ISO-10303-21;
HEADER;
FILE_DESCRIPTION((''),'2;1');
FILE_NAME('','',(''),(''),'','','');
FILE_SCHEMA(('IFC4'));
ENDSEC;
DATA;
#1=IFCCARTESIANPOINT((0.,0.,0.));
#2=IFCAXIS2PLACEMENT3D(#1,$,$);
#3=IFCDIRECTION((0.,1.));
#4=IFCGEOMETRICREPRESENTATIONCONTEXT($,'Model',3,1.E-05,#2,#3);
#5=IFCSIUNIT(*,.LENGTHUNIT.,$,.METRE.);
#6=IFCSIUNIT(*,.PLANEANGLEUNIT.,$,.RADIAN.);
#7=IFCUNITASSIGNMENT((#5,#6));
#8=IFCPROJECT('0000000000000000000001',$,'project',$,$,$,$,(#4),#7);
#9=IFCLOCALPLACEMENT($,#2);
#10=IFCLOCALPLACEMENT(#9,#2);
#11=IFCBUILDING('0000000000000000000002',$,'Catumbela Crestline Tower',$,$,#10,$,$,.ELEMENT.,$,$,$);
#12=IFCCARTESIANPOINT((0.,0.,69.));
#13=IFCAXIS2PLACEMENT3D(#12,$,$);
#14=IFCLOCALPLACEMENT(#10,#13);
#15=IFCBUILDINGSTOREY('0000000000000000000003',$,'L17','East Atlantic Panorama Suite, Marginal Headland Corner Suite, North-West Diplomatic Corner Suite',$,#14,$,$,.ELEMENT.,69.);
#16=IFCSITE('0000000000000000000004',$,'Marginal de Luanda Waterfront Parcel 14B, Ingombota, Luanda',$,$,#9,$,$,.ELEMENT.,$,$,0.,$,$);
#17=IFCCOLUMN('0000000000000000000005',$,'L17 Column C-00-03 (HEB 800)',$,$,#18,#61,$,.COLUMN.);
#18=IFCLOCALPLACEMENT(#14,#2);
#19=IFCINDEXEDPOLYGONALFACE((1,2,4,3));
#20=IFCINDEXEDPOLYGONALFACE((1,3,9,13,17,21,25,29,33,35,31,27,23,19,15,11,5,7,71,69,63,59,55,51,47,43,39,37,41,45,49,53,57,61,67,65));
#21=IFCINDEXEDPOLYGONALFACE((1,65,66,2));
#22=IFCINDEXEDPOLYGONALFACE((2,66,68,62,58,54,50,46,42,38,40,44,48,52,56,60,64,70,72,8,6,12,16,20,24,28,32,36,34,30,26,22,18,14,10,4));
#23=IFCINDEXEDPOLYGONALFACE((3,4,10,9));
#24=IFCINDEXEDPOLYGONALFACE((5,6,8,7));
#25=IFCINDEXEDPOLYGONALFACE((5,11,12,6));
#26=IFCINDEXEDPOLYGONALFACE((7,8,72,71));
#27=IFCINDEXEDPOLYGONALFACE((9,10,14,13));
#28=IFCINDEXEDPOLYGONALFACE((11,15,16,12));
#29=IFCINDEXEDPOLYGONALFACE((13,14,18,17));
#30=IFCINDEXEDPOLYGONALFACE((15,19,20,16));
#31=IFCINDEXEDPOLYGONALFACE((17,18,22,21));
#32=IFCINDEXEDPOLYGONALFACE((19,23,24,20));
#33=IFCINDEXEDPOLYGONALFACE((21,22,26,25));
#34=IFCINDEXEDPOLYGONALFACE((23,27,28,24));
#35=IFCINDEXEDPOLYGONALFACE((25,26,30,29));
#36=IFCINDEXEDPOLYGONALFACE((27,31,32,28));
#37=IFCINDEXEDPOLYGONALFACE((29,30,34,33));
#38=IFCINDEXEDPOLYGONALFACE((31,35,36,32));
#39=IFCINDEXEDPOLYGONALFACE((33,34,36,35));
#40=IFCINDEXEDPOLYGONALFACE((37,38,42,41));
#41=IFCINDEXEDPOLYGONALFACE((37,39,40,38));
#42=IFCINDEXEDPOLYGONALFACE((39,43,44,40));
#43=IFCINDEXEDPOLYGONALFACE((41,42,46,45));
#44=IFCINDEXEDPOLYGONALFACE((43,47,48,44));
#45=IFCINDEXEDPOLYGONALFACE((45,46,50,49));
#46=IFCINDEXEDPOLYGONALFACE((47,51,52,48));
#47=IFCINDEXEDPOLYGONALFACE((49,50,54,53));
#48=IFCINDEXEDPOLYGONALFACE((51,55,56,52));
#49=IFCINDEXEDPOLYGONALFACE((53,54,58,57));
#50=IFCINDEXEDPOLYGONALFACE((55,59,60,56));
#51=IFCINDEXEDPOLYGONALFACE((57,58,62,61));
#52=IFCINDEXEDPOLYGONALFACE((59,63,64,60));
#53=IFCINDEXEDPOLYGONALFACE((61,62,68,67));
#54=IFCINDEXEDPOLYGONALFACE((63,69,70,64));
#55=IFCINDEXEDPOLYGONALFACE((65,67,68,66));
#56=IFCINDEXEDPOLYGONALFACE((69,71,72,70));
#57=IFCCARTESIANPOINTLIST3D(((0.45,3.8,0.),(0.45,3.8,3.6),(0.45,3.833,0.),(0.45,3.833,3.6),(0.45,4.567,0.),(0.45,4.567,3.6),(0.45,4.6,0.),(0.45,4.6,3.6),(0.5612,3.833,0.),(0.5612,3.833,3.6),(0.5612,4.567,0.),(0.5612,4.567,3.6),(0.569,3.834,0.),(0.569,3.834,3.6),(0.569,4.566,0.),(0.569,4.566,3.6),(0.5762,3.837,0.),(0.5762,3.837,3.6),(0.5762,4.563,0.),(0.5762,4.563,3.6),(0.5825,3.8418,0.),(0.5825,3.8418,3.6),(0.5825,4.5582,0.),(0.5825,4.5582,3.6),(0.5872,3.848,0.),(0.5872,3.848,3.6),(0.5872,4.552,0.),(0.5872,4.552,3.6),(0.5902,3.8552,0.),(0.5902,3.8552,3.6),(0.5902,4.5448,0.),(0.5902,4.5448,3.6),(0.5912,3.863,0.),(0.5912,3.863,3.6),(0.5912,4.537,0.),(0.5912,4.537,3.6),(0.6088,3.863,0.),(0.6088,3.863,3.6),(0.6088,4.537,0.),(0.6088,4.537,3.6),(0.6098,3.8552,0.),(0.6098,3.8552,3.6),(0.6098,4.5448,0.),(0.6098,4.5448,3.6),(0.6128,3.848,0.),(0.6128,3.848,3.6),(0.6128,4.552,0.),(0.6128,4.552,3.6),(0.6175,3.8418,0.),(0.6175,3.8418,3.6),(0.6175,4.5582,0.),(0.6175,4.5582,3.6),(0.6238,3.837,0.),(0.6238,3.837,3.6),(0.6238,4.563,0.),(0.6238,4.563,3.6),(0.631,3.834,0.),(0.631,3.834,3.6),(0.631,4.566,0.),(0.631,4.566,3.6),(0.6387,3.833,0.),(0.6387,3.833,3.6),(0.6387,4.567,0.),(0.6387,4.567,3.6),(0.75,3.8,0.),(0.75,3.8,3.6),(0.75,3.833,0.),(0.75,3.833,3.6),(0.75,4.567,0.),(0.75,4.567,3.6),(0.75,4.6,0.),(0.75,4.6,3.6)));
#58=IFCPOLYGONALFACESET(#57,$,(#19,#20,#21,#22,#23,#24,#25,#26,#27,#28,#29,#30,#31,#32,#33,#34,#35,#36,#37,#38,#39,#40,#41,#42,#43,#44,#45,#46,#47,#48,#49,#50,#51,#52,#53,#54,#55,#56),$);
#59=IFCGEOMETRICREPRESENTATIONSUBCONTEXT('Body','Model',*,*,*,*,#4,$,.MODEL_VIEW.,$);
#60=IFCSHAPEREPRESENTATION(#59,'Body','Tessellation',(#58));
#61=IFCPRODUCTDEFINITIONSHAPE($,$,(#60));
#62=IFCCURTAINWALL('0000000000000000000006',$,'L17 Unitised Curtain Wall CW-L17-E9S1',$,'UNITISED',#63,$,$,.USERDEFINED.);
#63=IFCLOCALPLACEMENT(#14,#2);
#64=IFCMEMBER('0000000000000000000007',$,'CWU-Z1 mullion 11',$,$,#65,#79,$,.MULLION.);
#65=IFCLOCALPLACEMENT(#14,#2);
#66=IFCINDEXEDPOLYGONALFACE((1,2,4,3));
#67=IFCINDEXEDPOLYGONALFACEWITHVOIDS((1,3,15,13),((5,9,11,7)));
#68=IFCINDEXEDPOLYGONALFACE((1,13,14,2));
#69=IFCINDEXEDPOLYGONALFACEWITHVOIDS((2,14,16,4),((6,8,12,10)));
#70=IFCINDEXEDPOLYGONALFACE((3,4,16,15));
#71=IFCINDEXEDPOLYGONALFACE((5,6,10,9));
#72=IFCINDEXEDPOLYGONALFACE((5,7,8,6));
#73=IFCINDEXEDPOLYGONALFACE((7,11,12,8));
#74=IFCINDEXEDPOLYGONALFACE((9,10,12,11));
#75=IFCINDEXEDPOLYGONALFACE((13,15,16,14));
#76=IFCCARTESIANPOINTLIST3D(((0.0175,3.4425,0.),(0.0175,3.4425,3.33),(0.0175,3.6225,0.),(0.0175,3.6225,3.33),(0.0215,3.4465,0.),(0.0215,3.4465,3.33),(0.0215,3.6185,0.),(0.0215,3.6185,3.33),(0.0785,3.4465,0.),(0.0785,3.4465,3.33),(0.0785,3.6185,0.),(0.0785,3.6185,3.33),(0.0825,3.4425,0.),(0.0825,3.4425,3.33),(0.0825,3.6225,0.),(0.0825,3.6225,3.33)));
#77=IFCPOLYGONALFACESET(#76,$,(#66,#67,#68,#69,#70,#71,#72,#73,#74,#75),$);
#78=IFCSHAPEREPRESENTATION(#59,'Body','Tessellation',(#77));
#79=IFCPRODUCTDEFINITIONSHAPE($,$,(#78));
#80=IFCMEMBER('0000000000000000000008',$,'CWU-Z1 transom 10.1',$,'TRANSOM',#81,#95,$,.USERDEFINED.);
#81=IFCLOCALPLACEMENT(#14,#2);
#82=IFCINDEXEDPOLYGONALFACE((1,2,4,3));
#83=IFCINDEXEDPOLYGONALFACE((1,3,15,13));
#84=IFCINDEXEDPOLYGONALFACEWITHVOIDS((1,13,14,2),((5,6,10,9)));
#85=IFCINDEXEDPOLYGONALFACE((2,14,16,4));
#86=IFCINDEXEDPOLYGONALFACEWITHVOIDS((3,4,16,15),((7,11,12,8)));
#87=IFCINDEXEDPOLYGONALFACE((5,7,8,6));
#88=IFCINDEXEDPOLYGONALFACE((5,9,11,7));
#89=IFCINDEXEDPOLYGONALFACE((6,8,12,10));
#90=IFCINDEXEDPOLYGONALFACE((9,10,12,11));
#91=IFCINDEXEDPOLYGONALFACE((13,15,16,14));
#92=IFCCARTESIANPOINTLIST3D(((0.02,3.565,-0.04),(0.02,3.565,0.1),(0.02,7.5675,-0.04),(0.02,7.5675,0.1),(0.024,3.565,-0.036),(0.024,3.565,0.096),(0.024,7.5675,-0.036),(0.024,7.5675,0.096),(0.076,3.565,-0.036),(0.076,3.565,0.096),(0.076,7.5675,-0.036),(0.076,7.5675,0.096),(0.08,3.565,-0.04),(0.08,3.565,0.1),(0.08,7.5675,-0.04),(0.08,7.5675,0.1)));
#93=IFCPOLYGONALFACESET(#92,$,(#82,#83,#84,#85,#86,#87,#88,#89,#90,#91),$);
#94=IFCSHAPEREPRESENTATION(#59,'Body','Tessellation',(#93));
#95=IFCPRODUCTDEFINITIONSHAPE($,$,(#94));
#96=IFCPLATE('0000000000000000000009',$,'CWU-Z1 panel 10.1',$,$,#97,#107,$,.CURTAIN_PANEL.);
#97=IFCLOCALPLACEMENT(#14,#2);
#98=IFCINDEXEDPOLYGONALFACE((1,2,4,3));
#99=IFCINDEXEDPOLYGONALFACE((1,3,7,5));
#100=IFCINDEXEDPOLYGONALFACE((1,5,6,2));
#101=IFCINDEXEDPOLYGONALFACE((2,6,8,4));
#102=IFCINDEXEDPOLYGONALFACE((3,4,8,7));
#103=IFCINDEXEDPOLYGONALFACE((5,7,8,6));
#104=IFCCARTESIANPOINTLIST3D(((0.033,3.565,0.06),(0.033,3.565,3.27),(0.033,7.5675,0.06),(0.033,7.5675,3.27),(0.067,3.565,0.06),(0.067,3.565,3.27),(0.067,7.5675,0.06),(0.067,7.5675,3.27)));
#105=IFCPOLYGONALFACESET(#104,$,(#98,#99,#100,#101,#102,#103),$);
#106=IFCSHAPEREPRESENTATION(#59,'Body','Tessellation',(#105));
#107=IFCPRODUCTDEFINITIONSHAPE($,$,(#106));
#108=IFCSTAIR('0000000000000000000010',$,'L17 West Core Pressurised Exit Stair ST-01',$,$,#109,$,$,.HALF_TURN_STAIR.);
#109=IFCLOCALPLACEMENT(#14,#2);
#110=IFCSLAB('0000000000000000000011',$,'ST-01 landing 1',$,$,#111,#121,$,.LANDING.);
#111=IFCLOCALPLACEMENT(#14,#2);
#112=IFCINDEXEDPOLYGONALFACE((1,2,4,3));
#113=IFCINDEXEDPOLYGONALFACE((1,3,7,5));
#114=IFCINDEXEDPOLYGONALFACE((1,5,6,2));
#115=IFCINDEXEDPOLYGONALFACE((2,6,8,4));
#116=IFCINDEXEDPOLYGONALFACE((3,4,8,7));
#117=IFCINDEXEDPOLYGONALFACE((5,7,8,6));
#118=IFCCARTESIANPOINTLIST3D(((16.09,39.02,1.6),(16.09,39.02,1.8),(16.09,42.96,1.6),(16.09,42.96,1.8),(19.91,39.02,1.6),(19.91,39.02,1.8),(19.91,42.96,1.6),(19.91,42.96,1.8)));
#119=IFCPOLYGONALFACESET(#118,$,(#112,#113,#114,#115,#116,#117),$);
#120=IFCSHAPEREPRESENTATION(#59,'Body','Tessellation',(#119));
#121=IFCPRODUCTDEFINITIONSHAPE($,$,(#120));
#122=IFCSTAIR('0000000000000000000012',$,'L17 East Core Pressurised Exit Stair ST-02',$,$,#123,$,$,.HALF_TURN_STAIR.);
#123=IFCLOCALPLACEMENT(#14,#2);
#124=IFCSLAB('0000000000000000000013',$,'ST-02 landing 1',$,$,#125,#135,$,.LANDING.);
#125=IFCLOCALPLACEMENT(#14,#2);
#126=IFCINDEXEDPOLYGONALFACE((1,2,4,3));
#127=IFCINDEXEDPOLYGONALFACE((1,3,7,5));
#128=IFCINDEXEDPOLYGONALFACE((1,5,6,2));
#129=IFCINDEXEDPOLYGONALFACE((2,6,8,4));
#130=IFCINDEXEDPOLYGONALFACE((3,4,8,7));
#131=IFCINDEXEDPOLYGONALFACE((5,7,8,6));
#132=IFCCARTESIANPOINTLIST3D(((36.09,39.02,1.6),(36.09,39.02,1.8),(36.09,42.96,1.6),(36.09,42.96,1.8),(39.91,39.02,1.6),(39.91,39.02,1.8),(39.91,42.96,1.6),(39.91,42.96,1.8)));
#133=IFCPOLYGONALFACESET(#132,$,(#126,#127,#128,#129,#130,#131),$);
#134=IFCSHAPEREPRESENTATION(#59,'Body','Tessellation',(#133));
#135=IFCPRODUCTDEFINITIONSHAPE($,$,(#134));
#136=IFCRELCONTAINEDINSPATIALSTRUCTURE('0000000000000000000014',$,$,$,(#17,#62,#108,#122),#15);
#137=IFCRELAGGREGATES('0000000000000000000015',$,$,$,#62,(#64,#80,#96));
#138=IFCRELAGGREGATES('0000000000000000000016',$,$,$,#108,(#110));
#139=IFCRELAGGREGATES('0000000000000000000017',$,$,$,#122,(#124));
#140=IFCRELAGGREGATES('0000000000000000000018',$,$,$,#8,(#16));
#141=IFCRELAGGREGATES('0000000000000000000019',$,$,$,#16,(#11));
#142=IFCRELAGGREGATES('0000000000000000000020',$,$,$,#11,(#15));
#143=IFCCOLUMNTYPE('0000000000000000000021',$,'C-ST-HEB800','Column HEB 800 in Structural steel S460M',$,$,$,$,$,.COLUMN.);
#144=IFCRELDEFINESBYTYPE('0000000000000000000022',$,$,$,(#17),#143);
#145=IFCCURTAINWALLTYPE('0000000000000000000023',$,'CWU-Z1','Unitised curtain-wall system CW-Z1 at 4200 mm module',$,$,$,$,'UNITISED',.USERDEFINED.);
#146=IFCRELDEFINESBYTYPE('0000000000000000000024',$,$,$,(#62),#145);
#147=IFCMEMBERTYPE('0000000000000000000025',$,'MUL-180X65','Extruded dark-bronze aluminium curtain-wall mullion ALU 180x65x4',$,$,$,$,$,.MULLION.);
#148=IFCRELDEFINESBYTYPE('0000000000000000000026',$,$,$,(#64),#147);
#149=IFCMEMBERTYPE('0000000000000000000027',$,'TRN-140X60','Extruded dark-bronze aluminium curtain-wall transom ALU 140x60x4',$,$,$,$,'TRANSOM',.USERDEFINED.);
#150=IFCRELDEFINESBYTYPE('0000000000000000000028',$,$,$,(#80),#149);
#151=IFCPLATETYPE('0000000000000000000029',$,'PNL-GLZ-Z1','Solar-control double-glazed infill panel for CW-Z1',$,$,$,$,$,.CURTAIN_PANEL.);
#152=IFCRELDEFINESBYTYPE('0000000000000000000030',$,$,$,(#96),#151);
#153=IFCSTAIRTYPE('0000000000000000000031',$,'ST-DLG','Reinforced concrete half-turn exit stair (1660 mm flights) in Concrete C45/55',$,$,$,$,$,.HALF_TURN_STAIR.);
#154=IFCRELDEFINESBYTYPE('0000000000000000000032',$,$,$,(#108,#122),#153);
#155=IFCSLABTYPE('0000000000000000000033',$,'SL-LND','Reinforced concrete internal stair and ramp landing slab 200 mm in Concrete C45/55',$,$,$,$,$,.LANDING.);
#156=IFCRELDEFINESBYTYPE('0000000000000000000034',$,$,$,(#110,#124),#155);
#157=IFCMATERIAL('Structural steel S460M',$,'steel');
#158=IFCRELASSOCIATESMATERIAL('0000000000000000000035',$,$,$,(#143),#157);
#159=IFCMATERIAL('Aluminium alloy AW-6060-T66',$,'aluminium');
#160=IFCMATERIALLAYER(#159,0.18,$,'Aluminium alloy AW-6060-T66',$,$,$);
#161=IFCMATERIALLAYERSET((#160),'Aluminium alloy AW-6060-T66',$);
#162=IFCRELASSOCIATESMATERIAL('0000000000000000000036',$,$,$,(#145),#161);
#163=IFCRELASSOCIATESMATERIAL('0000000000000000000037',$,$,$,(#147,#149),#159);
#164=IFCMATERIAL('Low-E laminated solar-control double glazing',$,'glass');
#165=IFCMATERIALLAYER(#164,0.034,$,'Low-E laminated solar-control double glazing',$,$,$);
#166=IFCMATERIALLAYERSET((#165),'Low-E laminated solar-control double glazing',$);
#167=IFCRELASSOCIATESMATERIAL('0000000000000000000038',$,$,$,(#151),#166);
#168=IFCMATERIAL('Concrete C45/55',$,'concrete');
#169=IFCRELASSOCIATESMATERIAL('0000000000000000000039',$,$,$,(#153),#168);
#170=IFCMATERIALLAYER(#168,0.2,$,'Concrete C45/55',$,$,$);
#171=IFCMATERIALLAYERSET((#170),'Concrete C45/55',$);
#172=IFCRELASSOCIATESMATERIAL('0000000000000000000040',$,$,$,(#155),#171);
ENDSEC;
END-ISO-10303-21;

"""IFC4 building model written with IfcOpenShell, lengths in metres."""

from ifc_helpers import new_model, si_unit, direction, frame, origin, origin_2d, place, context, subcontext, project, spatial, polyline, rectangle, hollow_rectangle, i_section, outline, extrude, material, layer, layer_set, material_profile, profile_set, type_object, element, aggregate, save


model = new_model("IFC4")

# Units and contexts
model_context = context("Model", 3, precision=1e-05, world=origin(), true_north=direction((0.0, 1.0)))
body_context = subcontext(model_context, "Body", "Model", "MODEL_VIEW")
ifc_project = project(units=[si_unit("LENGTHUNIT", "METRE"), si_unit("PLANEANGLEUNIT", "RADIAN")], contexts=[model_context])

# Site, building, storey
site_placement = place(None, origin())
site = spatial("IfcSite", under=ifc_project, at=site_placement, Name="Marginal de Luanda Waterfront Parcel 14B, Ingombota, Luanda", CompositionType="ELEMENT", RefElevation=0.0)
building_placement = place(site_placement, origin())
building = spatial("IfcBuilding", under=site, at=building_placement, Name="Catumbela Crestline Tower", CompositionType="ELEMENT")
storey_placement = place(building_placement, frame((0.0, 0.0, 69.0)))
storey = spatial("IfcBuildingStorey", under=building, at=storey_placement, Name="L17", Description="East Atlantic Panorama Suite, Marginal Headland Corner Suite, North-West Diplomatic Corner Suite", CompositionType="ELEMENT", Elevation=69.0)

# Column
ifc_material_1 = material(Name="Structural steel S460M", Category="steel")
ifc_material_profile_1 = material_profile(ifc_material_1, i_section(OverallWidth=0.3, OverallDepth=0.8, WebThickness=0.0175, FlangeThickness=0.033, FilletRadius=0.03, at=origin_2d()), Name="HEB 800")
ifc_profile_set_1 = profile_set([ifc_material_profile_1], Name="Structural steel S460M")
column_type = type_object("IfcColumnType", Name="C-ST-HEB800", Description="Column HEB 800 in Structural steel S460M", PredefinedType="COLUMN", material=ifc_profile_set_1)
column_placement = place(storey_placement, frame((0.6, 4.2, 0.0), z_axis=(0.0, 0.0, 1.0), x_axis=(1.0, 0.0, 0.0)))
element("IfcColumn", 1, at=column_placement, inside=storey, type_object=column_type, Name="L17 Column C-00-03 (HEB 800)", PredefinedType="COLUMN", context=body_context, shape_type="SweptSolid", body=[
    extrude(i_section(OverallWidth=0.3, OverallDepth=0.8, WebThickness=0.0175, FlangeThickness=0.033, FilletRadius=0.03, at=origin_2d()), origin(), (0.0, 0.0, 1.0), 3.6),
])

# Curtain wall, members, plate
ifc_material_2 = material(Name="Aluminium alloy AW-6060-T66", Category="aluminium")
ifc_layer_1 = layer(ifc_material_2, 0.18, Name="Aluminium alloy AW-6060-T66")
ifc_layer_set_1 = layer_set([ifc_layer_1], Name="Aluminium alloy AW-6060-T66")
curtain_wall_type = type_object("IfcCurtainWallType", Name="CWU-Z1", Description="Unitised curtain-wall system CW-Z1 at 4200 mm module", ElementType="UNITISED", PredefinedType="USERDEFINED", material=ifc_layer_set_1)
curtain_wall_placement = place(storey_placement, origin())
curtain_wall = element("IfcCurtainWall", 2, at=curtain_wall_placement, inside=storey, type_object=curtain_wall_type, Name="L17 Unitised Curtain Wall CW-L17-E9S1", ObjectType="UNITISED", PredefinedType="USERDEFINED")
ifc_material_profile_2 = material_profile(ifc_material_2, hollow_rectangle(XDim=0.065, YDim=0.18, WallThickness=0.004, at=origin_2d()), Name="ALU 180x65x4")
ifc_profile_set_2 = profile_set([ifc_material_profile_2], Name="Aluminium alloy AW-6060-T66")
member_type_1 = type_object("IfcMemberType", Name="MUL-180X65", Description="Extruded dark-bronze aluminium curtain-wall mullion ALU 180x65x4", PredefinedType="MULLION", material=ifc_profile_set_2)
member_1_placement = place(storey_placement, frame((0.05, 3.5325, 0.0), z_axis=(0.0, 0.0, 1.0), x_axis=(1.0, 0.0, 0.0)))
member_1 = element("IfcMember", 3, at=member_1_placement, type_object=member_type_1, Name="CWU-Z1 mullion 11", PredefinedType="MULLION", context=body_context, shape_type="SweptSolid", body=[
    extrude(hollow_rectangle(XDim=0.065, YDim=0.18, WallThickness=0.004, at=origin_2d()), origin(), (0.0, 0.0, 1.0), 3.33),
])
ifc_material_profile_3 = material_profile(ifc_material_2, hollow_rectangle(XDim=0.06, YDim=0.14, WallThickness=0.004, at=origin_2d()), Name="ALU 140x60x4")
ifc_profile_set_3 = profile_set([ifc_material_profile_3], Name="Aluminium alloy AW-6060-T66")
member_type_2 = type_object("IfcMemberType", Name="TRN-140X60", Description="Extruded dark-bronze aluminium curtain-wall transom ALU 140x60x4", ElementType="TRANSOM", PredefinedType="USERDEFINED", material=ifc_profile_set_3)
member_2_placement = place(storey_placement, frame((0.05, 7.5675, 0.03), z_axis=(0.0, -1.0, 0.0), x_axis=(1.0, 0.0, 0.0)))
member_2 = element("IfcMember", 4, at=member_2_placement, type_object=member_type_2, Name="CWU-Z1 transom 10.1", ObjectType="TRANSOM", PredefinedType="USERDEFINED", context=body_context, shape_type="SweptSolid", body=[
    extrude(hollow_rectangle(XDim=0.06, YDim=0.14, WallThickness=0.004, at=origin_2d()), origin(), (0.0, 0.0, 1.0), 4.0025),
])
ifc_material_3 = material(Name="Low-E laminated solar-control double glazing", Category="glass")
ifc_layer_2 = layer(ifc_material_3, 0.034, Name="Low-E laminated solar-control double glazing")
ifc_layer_set_2 = layer_set([ifc_layer_2], Name="Low-E laminated solar-control double glazing")
plate_type = type_object("IfcPlateType", Name="PNL-GLZ-Z1", Description="Solar-control double-glazed infill panel for CW-Z1", PredefinedType="CURTAIN_PANEL", material=ifc_layer_set_2)
plate_placement = place(storey_placement, frame((0.05, 5.5662, 0.06), z_axis=(0.0, 0.0, 1.0), x_axis=(0.0, -1.0, 0.0)))
plate = element("IfcPlate", 5, at=plate_placement, type_object=plate_type, Name="CWU-Z1 panel 10.1", PredefinedType="CURTAIN_PANEL", context=body_context, shape_type="SweptSolid", body=[
    extrude(rectangle(XDim=4.0025, YDim=0.034, at=origin_2d()), origin(), (0.0, 0.0, 1.0), 3.21),
])
aggregate(curtain_wall, [member_1, member_2, plate])

# Stairs, slabs
ifc_material_4 = material(Name="Concrete C45/55", Category="concrete")
stair_type = type_object("IfcStairType", Name="ST-DLG", Description="Reinforced concrete half-turn exit stair (1660 mm flights) in Concrete C45/55", PredefinedType="HALF_TURN_STAIR", material=ifc_material_4)
stair_1_placement = place(storey_placement, origin())
stair_1 = element("IfcStair", 6, at=stair_1_placement, inside=storey, type_object=stair_type, Name="L17 West Core Pressurised Exit Stair ST-01", PredefinedType="HALF_TURN_STAIR")
ifc_layer_3 = layer(ifc_material_4, 0.2, Name="Concrete C45/55")
ifc_layer_set_3 = layer_set([ifc_layer_3], Name="Concrete C45/55")
slab_type_1 = type_object("IfcSlabType", Name="SL-LND", Description="Reinforced concrete internal stair and ramp landing slab 200 mm in Concrete C45/55", PredefinedType="LANDING", material=ifc_layer_set_3)
slab_1_placement = place(storey_placement, frame((0.0, 0.0, 1.6)))
slab_1 = element("IfcSlab", 7, at=slab_1_placement, type_object=slab_type_1, Name="ST-01 landing 1", PredefinedType="LANDING", context=body_context, shape_type="SweptSolid", body=[
    extrude(outline(polyline([(19.91, 39.02), (19.91, 42.96), (16.09, 42.96), (16.09, 39.02), (19.91, 39.02)])), origin(), (0.0, 0.0, 1.0), 0.2),
])
aggregate(stair_1, [slab_1])
stair_2_placement = place(storey_placement, origin())
stair_2 = element("IfcStair", 8, at=stair_2_placement, inside=storey, type_object=stair_type, Name="L17 East Core Pressurised Exit Stair ST-02", PredefinedType="HALF_TURN_STAIR")
slab_2_placement = place(storey_placement, frame((0.0, 0.0, 1.6)))
slab_2 = element("IfcSlab", 9, at=slab_2_placement, type_object=slab_type_1, Name="ST-02 landing 1", PredefinedType="LANDING", context=body_context, shape_type="SweptSolid", body=[
    extrude(outline(polyline([(39.91, 39.02), (39.91, 42.96), (36.09, 42.96), (36.09, 39.02), (39.91, 39.02)])), origin(), (0.0, 0.0, 1.0), 0.2),
])
aggregate(stair_2, [slab_2])

save(model, "model.ifc")
